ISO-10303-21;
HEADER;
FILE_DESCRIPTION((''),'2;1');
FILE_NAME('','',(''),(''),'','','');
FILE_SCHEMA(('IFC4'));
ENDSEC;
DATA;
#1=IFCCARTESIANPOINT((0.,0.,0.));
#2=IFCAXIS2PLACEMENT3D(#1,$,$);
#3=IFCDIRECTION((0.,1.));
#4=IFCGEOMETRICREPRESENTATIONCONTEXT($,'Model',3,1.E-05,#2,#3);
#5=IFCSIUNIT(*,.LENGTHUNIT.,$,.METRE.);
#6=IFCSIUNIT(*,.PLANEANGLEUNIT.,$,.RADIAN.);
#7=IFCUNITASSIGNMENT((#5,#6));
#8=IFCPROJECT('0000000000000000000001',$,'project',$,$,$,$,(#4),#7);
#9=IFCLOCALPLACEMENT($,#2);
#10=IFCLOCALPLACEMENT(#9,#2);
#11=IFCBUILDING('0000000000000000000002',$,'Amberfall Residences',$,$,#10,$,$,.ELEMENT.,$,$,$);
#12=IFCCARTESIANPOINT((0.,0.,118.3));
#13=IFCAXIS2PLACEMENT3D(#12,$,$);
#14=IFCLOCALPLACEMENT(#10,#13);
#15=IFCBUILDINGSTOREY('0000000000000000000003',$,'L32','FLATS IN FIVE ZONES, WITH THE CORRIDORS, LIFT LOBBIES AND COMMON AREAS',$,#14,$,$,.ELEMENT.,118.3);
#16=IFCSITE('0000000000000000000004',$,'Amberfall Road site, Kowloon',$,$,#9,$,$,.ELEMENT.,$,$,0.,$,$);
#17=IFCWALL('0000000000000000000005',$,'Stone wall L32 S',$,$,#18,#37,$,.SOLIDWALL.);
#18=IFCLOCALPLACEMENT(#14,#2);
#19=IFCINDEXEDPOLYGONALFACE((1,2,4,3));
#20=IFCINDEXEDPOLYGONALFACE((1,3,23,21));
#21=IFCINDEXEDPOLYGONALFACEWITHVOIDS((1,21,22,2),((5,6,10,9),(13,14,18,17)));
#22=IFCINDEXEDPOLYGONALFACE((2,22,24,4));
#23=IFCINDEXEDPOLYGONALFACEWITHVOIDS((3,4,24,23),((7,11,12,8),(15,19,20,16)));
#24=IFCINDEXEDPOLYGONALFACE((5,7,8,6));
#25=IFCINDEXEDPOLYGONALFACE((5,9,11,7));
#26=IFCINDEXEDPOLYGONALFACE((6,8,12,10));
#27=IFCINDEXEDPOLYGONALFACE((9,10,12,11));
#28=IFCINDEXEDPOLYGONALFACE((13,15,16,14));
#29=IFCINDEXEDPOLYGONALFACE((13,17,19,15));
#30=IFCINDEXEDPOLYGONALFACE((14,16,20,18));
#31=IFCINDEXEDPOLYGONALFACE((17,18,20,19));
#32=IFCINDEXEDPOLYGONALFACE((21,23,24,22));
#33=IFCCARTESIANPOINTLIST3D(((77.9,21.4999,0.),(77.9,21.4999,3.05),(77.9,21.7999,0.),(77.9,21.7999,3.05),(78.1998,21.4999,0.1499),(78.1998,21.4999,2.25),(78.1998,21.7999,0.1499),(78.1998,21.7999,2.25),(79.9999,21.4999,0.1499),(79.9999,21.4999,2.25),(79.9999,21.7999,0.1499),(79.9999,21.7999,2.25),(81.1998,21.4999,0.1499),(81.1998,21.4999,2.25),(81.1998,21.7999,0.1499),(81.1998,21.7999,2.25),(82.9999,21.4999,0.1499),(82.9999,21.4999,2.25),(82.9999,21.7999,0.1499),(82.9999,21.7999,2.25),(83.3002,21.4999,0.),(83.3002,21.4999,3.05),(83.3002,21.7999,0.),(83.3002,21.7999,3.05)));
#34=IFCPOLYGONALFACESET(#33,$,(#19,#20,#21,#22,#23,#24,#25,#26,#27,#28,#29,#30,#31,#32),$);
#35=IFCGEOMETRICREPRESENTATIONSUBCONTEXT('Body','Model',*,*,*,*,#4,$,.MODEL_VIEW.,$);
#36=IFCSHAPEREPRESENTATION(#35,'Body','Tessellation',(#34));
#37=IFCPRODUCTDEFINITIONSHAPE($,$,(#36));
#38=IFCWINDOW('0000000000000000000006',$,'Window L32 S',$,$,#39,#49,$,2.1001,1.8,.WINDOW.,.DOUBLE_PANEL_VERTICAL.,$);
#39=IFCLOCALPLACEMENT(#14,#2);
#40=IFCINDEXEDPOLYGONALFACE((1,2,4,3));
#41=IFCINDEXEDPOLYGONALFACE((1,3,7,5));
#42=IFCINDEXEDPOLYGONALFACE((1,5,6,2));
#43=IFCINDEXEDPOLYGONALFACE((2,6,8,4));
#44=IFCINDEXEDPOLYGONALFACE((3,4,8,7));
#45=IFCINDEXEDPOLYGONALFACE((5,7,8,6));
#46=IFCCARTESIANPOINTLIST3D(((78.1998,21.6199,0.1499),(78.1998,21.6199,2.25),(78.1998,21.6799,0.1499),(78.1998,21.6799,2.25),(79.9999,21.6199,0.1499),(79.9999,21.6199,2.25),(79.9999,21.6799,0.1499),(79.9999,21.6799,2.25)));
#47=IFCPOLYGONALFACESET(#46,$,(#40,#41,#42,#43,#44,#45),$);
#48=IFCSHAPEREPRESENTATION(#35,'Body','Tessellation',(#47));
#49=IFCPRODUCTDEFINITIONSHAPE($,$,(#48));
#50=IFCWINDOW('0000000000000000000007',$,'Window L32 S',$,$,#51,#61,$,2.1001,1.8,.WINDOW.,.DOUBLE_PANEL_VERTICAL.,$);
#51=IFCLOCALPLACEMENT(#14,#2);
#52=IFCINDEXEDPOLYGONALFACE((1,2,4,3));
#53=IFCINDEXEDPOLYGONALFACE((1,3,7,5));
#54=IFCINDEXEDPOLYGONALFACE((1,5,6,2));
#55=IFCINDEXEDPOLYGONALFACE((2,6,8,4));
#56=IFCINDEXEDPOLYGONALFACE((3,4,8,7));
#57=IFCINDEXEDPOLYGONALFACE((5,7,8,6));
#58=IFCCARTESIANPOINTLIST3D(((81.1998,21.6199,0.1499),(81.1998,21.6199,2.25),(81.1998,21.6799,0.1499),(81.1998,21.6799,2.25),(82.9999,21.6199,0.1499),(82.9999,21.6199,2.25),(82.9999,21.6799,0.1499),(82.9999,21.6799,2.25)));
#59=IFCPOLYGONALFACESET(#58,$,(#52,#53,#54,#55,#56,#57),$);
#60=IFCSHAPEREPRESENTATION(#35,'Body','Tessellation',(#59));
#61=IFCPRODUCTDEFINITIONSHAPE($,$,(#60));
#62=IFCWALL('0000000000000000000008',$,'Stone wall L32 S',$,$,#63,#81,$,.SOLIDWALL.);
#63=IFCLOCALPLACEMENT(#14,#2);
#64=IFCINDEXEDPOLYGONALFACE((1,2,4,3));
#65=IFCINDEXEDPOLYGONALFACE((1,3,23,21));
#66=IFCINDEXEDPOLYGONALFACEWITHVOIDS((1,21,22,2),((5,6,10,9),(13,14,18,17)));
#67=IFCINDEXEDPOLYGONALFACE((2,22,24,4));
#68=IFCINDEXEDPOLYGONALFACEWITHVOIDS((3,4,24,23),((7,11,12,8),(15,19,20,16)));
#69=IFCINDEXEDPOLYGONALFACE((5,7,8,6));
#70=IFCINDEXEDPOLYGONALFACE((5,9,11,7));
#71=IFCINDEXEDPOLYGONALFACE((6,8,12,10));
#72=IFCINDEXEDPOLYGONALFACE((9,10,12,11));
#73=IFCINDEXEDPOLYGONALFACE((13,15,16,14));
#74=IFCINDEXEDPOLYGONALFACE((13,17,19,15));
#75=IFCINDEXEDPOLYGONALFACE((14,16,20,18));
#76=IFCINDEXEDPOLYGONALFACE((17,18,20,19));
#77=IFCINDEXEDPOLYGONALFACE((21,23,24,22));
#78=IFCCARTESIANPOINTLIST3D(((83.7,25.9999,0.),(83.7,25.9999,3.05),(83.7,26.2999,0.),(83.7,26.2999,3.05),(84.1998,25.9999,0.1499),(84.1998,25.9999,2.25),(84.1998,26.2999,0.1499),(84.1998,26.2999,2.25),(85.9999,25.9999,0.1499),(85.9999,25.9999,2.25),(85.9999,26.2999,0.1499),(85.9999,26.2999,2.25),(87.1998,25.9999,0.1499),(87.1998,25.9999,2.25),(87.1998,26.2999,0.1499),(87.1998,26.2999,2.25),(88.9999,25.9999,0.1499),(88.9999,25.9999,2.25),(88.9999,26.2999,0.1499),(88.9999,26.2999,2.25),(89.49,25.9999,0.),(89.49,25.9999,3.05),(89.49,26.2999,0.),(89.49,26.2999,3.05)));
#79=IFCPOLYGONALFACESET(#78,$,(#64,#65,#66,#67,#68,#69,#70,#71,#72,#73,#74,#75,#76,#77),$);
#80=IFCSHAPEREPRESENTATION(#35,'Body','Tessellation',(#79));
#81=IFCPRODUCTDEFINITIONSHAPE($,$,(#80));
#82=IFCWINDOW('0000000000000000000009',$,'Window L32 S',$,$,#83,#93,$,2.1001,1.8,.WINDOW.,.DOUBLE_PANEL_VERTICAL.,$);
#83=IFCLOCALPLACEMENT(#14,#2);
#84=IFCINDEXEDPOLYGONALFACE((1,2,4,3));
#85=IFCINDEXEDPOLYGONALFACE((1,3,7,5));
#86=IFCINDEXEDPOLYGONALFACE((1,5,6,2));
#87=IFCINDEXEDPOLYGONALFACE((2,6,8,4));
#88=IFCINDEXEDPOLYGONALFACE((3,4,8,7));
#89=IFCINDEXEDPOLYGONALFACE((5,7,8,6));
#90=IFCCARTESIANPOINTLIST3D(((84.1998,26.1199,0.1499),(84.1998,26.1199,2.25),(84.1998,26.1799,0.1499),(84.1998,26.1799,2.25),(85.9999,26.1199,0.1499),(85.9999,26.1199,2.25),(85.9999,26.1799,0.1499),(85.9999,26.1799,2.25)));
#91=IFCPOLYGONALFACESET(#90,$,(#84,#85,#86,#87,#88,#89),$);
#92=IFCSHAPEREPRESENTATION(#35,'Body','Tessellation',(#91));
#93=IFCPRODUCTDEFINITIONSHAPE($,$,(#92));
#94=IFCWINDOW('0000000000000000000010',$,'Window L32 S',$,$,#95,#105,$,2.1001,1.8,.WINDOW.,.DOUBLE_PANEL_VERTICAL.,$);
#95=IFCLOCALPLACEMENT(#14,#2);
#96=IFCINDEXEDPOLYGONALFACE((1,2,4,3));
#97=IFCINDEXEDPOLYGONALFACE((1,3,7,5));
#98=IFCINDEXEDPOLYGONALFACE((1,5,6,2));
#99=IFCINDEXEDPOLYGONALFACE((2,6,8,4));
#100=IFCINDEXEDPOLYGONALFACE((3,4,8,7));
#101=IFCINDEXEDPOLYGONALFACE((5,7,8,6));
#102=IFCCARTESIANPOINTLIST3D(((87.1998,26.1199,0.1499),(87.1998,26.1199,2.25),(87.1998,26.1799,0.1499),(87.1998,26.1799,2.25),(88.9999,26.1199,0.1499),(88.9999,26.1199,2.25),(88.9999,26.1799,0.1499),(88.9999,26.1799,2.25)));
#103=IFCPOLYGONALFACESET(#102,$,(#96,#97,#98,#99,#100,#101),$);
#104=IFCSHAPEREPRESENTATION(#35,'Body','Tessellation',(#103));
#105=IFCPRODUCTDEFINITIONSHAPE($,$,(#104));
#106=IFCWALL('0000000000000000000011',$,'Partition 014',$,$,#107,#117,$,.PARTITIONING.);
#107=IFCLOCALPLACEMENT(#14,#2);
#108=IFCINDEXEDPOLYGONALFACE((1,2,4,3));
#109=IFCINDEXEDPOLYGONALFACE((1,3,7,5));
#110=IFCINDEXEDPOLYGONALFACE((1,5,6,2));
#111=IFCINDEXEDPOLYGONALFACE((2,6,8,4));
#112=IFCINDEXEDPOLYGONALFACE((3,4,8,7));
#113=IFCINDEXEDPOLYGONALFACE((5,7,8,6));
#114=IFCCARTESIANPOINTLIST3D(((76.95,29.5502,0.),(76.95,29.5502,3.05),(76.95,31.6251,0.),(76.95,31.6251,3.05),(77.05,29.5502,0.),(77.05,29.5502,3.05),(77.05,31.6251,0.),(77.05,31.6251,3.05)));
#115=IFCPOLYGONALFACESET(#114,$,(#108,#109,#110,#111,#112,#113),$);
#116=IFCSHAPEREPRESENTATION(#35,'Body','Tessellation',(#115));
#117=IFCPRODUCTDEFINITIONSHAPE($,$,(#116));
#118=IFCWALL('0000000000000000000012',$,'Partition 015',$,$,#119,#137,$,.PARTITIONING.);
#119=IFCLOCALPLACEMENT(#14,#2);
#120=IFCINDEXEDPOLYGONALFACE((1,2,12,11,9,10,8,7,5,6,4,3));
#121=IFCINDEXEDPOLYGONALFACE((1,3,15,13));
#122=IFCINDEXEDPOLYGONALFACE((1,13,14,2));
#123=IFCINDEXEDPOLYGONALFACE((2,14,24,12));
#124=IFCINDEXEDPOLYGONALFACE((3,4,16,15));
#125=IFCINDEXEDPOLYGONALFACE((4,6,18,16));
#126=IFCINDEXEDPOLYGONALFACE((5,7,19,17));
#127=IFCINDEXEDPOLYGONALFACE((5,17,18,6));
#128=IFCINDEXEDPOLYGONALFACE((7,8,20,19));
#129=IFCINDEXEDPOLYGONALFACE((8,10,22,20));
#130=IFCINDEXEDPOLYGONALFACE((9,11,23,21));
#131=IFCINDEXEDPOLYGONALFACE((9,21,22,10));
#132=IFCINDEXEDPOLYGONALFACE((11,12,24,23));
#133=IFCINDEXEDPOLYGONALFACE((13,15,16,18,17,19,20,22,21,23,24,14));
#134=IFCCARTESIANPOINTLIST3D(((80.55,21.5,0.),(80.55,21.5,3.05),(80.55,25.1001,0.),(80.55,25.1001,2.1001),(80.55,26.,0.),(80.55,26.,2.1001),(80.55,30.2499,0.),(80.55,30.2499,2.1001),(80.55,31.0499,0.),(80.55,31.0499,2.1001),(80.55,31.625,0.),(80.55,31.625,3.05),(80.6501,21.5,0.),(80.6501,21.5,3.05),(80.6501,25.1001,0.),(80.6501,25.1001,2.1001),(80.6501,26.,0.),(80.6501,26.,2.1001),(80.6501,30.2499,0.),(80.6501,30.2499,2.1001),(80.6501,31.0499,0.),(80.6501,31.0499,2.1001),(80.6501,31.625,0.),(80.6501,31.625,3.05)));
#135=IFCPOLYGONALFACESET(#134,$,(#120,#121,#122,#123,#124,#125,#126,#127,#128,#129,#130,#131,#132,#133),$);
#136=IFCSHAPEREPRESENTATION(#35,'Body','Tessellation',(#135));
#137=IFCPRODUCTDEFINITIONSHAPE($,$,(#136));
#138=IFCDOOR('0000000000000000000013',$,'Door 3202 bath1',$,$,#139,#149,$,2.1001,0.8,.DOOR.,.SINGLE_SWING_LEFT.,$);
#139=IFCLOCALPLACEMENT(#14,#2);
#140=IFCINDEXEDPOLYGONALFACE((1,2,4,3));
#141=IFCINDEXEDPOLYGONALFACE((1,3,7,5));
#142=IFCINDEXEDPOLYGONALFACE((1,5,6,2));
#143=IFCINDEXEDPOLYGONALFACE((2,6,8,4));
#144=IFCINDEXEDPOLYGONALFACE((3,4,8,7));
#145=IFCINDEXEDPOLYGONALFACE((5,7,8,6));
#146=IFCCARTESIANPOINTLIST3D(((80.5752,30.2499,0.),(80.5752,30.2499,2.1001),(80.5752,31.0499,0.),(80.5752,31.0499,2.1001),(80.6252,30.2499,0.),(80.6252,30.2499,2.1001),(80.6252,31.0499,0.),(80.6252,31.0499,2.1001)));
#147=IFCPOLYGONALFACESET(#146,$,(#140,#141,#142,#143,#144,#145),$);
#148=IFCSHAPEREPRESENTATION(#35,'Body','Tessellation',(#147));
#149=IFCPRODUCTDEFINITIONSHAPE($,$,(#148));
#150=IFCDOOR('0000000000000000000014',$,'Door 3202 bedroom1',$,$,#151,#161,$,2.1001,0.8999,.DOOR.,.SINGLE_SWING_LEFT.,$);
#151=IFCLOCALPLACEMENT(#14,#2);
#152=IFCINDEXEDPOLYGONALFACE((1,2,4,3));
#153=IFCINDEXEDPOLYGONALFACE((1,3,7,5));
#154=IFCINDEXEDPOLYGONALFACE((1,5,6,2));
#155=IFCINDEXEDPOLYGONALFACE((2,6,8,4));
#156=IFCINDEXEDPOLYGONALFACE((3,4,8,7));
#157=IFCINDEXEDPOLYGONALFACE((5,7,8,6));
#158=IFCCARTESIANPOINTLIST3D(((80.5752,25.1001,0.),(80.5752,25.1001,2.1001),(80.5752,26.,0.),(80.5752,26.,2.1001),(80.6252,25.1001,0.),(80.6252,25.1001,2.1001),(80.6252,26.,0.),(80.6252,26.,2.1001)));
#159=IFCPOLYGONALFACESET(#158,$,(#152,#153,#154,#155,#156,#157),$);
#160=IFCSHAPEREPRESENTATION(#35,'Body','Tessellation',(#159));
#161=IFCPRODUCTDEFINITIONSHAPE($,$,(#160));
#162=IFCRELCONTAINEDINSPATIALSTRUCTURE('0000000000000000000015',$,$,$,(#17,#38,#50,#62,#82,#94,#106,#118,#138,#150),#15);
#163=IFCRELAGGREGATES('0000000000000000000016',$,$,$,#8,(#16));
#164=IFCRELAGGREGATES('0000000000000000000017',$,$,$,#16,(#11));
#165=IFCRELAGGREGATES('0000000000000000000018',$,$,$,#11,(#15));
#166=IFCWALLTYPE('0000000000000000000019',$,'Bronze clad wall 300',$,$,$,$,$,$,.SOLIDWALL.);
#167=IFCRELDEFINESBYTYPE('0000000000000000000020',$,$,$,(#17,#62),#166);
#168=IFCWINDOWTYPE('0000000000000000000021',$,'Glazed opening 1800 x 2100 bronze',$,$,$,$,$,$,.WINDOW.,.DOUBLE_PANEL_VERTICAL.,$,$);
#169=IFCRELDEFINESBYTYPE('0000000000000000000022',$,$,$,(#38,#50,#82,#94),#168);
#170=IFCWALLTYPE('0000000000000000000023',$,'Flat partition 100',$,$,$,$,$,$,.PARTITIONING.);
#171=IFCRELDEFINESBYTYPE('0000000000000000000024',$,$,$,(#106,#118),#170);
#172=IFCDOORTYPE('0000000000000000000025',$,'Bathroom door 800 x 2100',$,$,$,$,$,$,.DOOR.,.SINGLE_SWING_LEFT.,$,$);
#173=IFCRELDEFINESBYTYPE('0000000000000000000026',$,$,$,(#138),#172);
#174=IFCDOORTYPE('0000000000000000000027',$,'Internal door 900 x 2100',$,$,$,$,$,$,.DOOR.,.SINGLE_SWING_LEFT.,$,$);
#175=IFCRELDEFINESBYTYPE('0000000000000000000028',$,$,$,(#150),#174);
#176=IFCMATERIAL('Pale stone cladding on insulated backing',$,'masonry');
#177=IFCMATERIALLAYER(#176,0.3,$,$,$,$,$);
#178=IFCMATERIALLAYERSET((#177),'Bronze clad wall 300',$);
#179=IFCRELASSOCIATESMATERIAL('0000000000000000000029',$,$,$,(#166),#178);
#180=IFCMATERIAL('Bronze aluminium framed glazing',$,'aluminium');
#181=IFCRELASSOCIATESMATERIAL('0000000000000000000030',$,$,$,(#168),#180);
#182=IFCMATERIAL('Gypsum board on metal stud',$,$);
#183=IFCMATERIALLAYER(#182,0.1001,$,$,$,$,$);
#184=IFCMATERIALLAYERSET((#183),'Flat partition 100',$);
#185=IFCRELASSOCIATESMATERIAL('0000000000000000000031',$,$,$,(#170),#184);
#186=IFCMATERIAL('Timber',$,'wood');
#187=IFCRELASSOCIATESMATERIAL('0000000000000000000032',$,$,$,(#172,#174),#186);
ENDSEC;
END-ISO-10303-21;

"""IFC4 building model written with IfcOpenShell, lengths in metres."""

from ifc_helpers import new_model, si_unit, direction, frame, frame_2d, origin, place, context, subcontext, project, spatial, rectangle, extrude, material, layer, layer_set, type_object, element, fill, save


model = new_model("IFC4")

# Units and contexts
model_context = context("Model", 3, precision=1e-05, world=origin(), true_north=direction((0.0, 1.0)))
body_context = subcontext(model_context, "Body", "Model", "MODEL_VIEW")
ifc_project = project(units=[si_unit("LENGTHUNIT", "METRE"), si_unit("PLANEANGLEUNIT", "RADIAN")], contexts=[model_context])

# Site, building, storey
site_placement = place(None, origin())
site = spatial("IfcSite", under=ifc_project, at=site_placement, Name="Amberfall Road site, Kowloon", CompositionType="ELEMENT", RefElevation=0.0)
building_placement = place(site_placement, origin())
building = spatial("IfcBuilding", under=site, at=building_placement, Name="Amberfall Residences", CompositionType="ELEMENT")
storey_placement = place(building_placement, frame((0.0, 0.0, 118.3)))
storey = spatial("IfcBuildingStorey", under=building, at=storey_placement, Name="L32", Description="FLATS IN FIVE ZONES, WITH THE CORRIDORS, LIFT LOBBIES AND COMMON AREAS", CompositionType="ELEMENT", Elevation=118.3)

# Shared definitions
ifc_material_1 = material(Name="Pale stone cladding on insulated backing", Category="masonry")
ifc_layer_1 = layer(ifc_material_1, 0.3)
ifc_layer_set_1 = layer_set([ifc_layer_1], Name="Bronze clad wall 300")
wall_type_1 = type_object("IfcWallType", Name="Bronze clad wall 300", PredefinedType="SOLIDWALL", material=ifc_layer_set_1)

# Shared definitions
ifc_material_2 = material(Name="Bronze aluminium framed glazing", Category="aluminium")

# Walls, openings, windows
wall_1_placement = place(storey_placement, frame((77.8999, 21.6499, 0.0), z_axis=(0.0, 0.0, 1.0), x_axis=(1.0, 0.0, 0.0)))
wall_1 = element("IfcWall", 1, at=wall_1_placement, inside=storey, type_object=wall_type_1, Name="Stone wall L32 S", PredefinedType="SOLIDWALL", context=body_context, shape_type="SweptSolid", body=[
    extrude(rectangle(XDim=5.4001, YDim=0.3, at=frame_2d((2.7002, 0.0))), origin(), (0.0, 0.0, 1.0), 3.05),
])
opening_1_placement = place(wall_1_placement, frame((0.3, 0.0, 0.1499)))
opening_1 = element("IfcOpeningElement", 2, at=opening_1_placement, cuts=wall_1, PredefinedType="OPENING", context=body_context, shape_type="SweptSolid", body=[
    extrude(rectangle(XDim=1.8, YDim=2.1001, at=frame_2d((0.8999, 1.05))), frame((0.0, 0.1599, 0.0), z_axis=(0.0, -1.0, 0.0), x_axis=(1.0, 0.0, 0.0)), (0.0, 0.0, 1.0), 0.3201),
])
opening_2_placement = place(wall_1_placement, frame((3.3, 0.0, 0.1499)))
opening_2 = element("IfcOpeningElement", 3, at=opening_2_placement, cuts=wall_1, PredefinedType="OPENING", context=body_context, shape_type="SweptSolid", body=[
    extrude(rectangle(XDim=1.8, YDim=2.1001, at=frame_2d((0.8999, 1.05))), frame((0.0, 0.1599, 0.0), z_axis=(0.0, -1.0, 0.0), x_axis=(1.0, 0.0, 0.0)), (0.0, 0.0, 1.0), 0.3201),
])
window_type_1 = type_object("IfcWindowType", Name="Glazed opening 1800 x 2100 bronze", PartitioningType="DOUBLE_PANEL_VERTICAL", PredefinedType="WINDOW", material=ifc_material_2)
window_1_placement = place(opening_1_placement, origin())
window_1 = element("IfcWindow", 4, at=window_1_placement, inside=storey, type_object=window_type_1, Name="Window L32 S", OverallHeight=2.1001, OverallWidth=1.8, PartitioningType="DOUBLE_PANEL_VERTICAL", PredefinedType="WINDOW", context=body_context, shape_type="SweptSolid", body=[
    extrude(rectangle(XDim=1.8, YDim=2.1001, at=frame_2d((0.8999, 1.05))), frame((0.0, 0.03, 0.0), z_axis=(0.0, -1.0, 0.0), x_axis=(1.0, 0.0, 0.0)), (0.0, 0.0, 1.0), 0.0601),
])
fill(opening_1, window_1)
window_2_placement = place(opening_2_placement, origin())
window_2 = element("IfcWindow", 5, at=window_2_placement, inside=storey, type_object=window_type_1, Name="Window L32 S", OverallHeight=2.1001, OverallWidth=1.8, PartitioningType="DOUBLE_PANEL_VERTICAL", PredefinedType="WINDOW", context=body_context, shape_type="SweptSolid", body=[
    extrude(rectangle(XDim=1.8, YDim=2.1001, at=frame_2d((0.8999, 1.05))), frame((0.0, 0.03, 0.0), z_axis=(0.0, -1.0, 0.0), x_axis=(1.0, 0.0, 0.0)), (0.0, 0.0, 1.0), 0.0601),
])
fill(opening_2, window_2)
wall_2_placement = place(storey_placement, frame((83.7, 26.1499, 0.0), z_axis=(0.0, 0.0, 1.0), x_axis=(1.0, 0.0, 0.0)))
wall_2 = element("IfcWall", 6, at=wall_2_placement, inside=storey, type_object=wall_type_1, Name="Stone wall L32 S", PredefinedType="SOLIDWALL", context=body_context, shape_type="SweptSolid", body=[
    extrude(rectangle(XDim=5.79, YDim=0.3, at=frame_2d((2.895, 0.0))), origin(), (0.0, 0.0, 1.0), 3.05),
])
opening_3_placement = place(wall_2_placement, frame((0.5, 0.0, 0.1499)))
opening_3 = element("IfcOpeningElement", 7, at=opening_3_placement, cuts=wall_2, PredefinedType="OPENING", context=body_context, shape_type="SweptSolid", body=[
    extrude(rectangle(XDim=1.8, YDim=2.1001, at=frame_2d((0.8999, 1.05))), frame((0.0, 0.1599, 0.0), z_axis=(0.0, -1.0, 0.0), x_axis=(1.0, 0.0, 0.0)), (0.0, 0.0, 1.0), 0.3201),
])
opening_4_placement = place(wall_2_placement, frame((3.5, 0.0, 0.1499)))
opening_4 = element("IfcOpeningElement", 8, at=opening_4_placement, cuts=wall_2, PredefinedType="OPENING", context=body_context, shape_type="SweptSolid", body=[
    extrude(rectangle(XDim=1.8, YDim=2.1001, at=frame_2d((0.8999, 1.05))), frame((0.0, 0.1599, 0.0), z_axis=(0.0, -1.0, 0.0), x_axis=(1.0, 0.0, 0.0)), (0.0, 0.0, 1.0), 0.3201),
])
window_3_placement = place(opening_3_placement, origin())
window_3 = element("IfcWindow", 9, at=window_3_placement, inside=storey, type_object=window_type_1, Name="Window L32 S", OverallHeight=2.1001, OverallWidth=1.8, PartitioningType="DOUBLE_PANEL_VERTICAL", PredefinedType="WINDOW", context=body_context, shape_type="SweptSolid", body=[
    extrude(rectangle(XDim=1.8, YDim=2.1001, at=frame_2d((0.8999, 1.05))), frame((0.0, 0.03, 0.0), z_axis=(0.0, -1.0, 0.0), x_axis=(1.0, 0.0, 0.0)), (0.0, 0.0, 1.0), 0.0601),
])
fill(opening_3, window_3)
window_4_placement = place(opening_4_placement, origin())
window_4 = element("IfcWindow", 10, at=window_4_placement, inside=storey, type_object=window_type_1, Name="Window L32 S", OverallHeight=2.1001, OverallWidth=1.8, PartitioningType="DOUBLE_PANEL_VERTICAL", PredefinedType="WINDOW", context=body_context, shape_type="SweptSolid", body=[
    extrude(rectangle(XDim=1.8, YDim=2.1001, at=frame_2d((0.8999, 1.05))), frame((0.0, 0.03, 0.0), z_axis=(0.0, -1.0, 0.0), x_axis=(1.0, 0.0, 0.0)), (0.0, 0.0, 1.0), 0.0601),
])
fill(opening_4, window_4)

# Wall
ifc_material_3 = material(Name="Gypsum board on metal stud")
ifc_layer_2 = layer(ifc_material_3, 0.1001)
ifc_layer_set_2 = layer_set([ifc_layer_2], Name="Flat partition 100")
wall_type_2 = type_object("IfcWallType", Name="Flat partition 100", PredefinedType="PARTITIONING", material=ifc_layer_set_2)
wall_3_placement = place(storey_placement, frame((77.0, 29.55, 0.0), z_axis=(0.0, 0.0, 1.0), x_axis=(0.0, 1.0, 0.0)))
element("IfcWall", 11, at=wall_3_placement, inside=storey, type_object=wall_type_2, Name="Partition 014", PredefinedType="PARTITIONING", context=body_context, shape_type="SweptSolid", body=[
    extrude(rectangle(XDim=2.075, YDim=0.1001, at=frame_2d((1.0376, 0.0))), origin(), (0.0, 0.0, 1.0), 3.05),
])

# Wall, openings, doors
wall_4_placement = place(storey_placement, frame((80.6001, 21.5, 0.0), z_axis=(0.0, 0.0, 1.0), x_axis=(0.0, 1.0, 0.0)))
wall_4 = element("IfcWall", 12, at=wall_4_placement, inside=storey, type_object=wall_type_2, Name="Partition 015", PredefinedType="PARTITIONING", context=body_context, shape_type="SweptSolid", body=[
    extrude(rectangle(XDim=10.125, YDim=0.1001, at=frame_2d((5.0625, 0.0))), origin(), (0.0, 0.0, 1.0), 3.05),
])
opening_5_placement = place(wall_4_placement, frame((3.6001, 0.0, 0.0)))
opening_5 = element("IfcOpeningElement", 13, at=opening_5_placement, cuts=wall_4, PredefinedType="OPENING", context=body_context, shape_type="SweptSolid", body=[
    extrude(rectangle(XDim=0.8999, YDim=2.1001, at=frame_2d((0.45, 1.05))), frame((0.0, 0.0601, 0.0), z_axis=(0.0, -1.0, 0.0), x_axis=(1.0, 0.0, 0.0)), (0.0, 0.0, 1.0), 0.1201),
])
opening_6_placement = place(wall_4_placement, frame((8.75, 0.0, 0.0)))
opening_6 = element("IfcOpeningElement", 14, at=opening_6_placement, cuts=wall_4, PredefinedType="OPENING", context=body_context, shape_type="SweptSolid", body=[
    extrude(rectangle(XDim=0.8, YDim=2.1001, at=frame_2d((0.3999, 1.05))), frame((0.0, 0.0601, 0.0), z_axis=(0.0, -1.0, 0.0), x_axis=(1.0, 0.0, 0.0)), (0.0, 0.0, 1.0), 0.1201),
])
ifc_material_4 = material(Name="Timber", Category="wood")
door_type_1 = type_object("IfcDoorType", Name="Bathroom door 800 x 2100", OperationType="SINGLE_SWING_LEFT", PredefinedType="DOOR", material=ifc_material_4)
door_1_placement = place(opening_6_placement, origin())
door_1 = element("IfcDoor", 15, at=door_1_placement, inside=storey, type_object=door_type_1, Name="Door 3202 bath1", OperationType="SINGLE_SWING_LEFT", OverallHeight=2.1001, OverallWidth=0.8, PredefinedType="DOOR", context=body_context, shape_type="SweptSolid", body=[
    extrude(rectangle(XDim=0.8, YDim=2.1001, at=frame_2d((0.3999, 1.05))), frame((0.0, 0.0249, 0.0), z_axis=(0.0, -1.0, 0.0), x_axis=(1.0, 0.0, 0.0)), (0.0, 0.0, 1.0), 0.05),
])
fill(opening_6, door_1)
door_type_2 = type_object("IfcDoorType", Name="Internal door 900 x 2100", OperationType="SINGLE_SWING_LEFT", PredefinedType="DOOR", material=ifc_material_4)
door_2_placement = place(opening_5_placement, origin())
door_2 = element("IfcDoor", 16, at=door_2_placement, inside=storey, type_object=door_type_2, Name="Door 3202 bedroom1", OperationType="SINGLE_SWING_LEFT", OverallHeight=2.1001, OverallWidth=0.8999, PredefinedType="DOOR", context=body_context, shape_type="SweptSolid", body=[
    extrude(rectangle(XDim=0.8999, YDim=2.1001, at=frame_2d((0.45, 1.05))), frame((0.0, 0.0249, 0.0), z_axis=(0.0, -1.0, 0.0), x_axis=(1.0, 0.0, 0.0)), (0.0, 0.0, 1.0), 0.05),
])
fill(opening_5, door_2)

save(model, "model.ifc")
